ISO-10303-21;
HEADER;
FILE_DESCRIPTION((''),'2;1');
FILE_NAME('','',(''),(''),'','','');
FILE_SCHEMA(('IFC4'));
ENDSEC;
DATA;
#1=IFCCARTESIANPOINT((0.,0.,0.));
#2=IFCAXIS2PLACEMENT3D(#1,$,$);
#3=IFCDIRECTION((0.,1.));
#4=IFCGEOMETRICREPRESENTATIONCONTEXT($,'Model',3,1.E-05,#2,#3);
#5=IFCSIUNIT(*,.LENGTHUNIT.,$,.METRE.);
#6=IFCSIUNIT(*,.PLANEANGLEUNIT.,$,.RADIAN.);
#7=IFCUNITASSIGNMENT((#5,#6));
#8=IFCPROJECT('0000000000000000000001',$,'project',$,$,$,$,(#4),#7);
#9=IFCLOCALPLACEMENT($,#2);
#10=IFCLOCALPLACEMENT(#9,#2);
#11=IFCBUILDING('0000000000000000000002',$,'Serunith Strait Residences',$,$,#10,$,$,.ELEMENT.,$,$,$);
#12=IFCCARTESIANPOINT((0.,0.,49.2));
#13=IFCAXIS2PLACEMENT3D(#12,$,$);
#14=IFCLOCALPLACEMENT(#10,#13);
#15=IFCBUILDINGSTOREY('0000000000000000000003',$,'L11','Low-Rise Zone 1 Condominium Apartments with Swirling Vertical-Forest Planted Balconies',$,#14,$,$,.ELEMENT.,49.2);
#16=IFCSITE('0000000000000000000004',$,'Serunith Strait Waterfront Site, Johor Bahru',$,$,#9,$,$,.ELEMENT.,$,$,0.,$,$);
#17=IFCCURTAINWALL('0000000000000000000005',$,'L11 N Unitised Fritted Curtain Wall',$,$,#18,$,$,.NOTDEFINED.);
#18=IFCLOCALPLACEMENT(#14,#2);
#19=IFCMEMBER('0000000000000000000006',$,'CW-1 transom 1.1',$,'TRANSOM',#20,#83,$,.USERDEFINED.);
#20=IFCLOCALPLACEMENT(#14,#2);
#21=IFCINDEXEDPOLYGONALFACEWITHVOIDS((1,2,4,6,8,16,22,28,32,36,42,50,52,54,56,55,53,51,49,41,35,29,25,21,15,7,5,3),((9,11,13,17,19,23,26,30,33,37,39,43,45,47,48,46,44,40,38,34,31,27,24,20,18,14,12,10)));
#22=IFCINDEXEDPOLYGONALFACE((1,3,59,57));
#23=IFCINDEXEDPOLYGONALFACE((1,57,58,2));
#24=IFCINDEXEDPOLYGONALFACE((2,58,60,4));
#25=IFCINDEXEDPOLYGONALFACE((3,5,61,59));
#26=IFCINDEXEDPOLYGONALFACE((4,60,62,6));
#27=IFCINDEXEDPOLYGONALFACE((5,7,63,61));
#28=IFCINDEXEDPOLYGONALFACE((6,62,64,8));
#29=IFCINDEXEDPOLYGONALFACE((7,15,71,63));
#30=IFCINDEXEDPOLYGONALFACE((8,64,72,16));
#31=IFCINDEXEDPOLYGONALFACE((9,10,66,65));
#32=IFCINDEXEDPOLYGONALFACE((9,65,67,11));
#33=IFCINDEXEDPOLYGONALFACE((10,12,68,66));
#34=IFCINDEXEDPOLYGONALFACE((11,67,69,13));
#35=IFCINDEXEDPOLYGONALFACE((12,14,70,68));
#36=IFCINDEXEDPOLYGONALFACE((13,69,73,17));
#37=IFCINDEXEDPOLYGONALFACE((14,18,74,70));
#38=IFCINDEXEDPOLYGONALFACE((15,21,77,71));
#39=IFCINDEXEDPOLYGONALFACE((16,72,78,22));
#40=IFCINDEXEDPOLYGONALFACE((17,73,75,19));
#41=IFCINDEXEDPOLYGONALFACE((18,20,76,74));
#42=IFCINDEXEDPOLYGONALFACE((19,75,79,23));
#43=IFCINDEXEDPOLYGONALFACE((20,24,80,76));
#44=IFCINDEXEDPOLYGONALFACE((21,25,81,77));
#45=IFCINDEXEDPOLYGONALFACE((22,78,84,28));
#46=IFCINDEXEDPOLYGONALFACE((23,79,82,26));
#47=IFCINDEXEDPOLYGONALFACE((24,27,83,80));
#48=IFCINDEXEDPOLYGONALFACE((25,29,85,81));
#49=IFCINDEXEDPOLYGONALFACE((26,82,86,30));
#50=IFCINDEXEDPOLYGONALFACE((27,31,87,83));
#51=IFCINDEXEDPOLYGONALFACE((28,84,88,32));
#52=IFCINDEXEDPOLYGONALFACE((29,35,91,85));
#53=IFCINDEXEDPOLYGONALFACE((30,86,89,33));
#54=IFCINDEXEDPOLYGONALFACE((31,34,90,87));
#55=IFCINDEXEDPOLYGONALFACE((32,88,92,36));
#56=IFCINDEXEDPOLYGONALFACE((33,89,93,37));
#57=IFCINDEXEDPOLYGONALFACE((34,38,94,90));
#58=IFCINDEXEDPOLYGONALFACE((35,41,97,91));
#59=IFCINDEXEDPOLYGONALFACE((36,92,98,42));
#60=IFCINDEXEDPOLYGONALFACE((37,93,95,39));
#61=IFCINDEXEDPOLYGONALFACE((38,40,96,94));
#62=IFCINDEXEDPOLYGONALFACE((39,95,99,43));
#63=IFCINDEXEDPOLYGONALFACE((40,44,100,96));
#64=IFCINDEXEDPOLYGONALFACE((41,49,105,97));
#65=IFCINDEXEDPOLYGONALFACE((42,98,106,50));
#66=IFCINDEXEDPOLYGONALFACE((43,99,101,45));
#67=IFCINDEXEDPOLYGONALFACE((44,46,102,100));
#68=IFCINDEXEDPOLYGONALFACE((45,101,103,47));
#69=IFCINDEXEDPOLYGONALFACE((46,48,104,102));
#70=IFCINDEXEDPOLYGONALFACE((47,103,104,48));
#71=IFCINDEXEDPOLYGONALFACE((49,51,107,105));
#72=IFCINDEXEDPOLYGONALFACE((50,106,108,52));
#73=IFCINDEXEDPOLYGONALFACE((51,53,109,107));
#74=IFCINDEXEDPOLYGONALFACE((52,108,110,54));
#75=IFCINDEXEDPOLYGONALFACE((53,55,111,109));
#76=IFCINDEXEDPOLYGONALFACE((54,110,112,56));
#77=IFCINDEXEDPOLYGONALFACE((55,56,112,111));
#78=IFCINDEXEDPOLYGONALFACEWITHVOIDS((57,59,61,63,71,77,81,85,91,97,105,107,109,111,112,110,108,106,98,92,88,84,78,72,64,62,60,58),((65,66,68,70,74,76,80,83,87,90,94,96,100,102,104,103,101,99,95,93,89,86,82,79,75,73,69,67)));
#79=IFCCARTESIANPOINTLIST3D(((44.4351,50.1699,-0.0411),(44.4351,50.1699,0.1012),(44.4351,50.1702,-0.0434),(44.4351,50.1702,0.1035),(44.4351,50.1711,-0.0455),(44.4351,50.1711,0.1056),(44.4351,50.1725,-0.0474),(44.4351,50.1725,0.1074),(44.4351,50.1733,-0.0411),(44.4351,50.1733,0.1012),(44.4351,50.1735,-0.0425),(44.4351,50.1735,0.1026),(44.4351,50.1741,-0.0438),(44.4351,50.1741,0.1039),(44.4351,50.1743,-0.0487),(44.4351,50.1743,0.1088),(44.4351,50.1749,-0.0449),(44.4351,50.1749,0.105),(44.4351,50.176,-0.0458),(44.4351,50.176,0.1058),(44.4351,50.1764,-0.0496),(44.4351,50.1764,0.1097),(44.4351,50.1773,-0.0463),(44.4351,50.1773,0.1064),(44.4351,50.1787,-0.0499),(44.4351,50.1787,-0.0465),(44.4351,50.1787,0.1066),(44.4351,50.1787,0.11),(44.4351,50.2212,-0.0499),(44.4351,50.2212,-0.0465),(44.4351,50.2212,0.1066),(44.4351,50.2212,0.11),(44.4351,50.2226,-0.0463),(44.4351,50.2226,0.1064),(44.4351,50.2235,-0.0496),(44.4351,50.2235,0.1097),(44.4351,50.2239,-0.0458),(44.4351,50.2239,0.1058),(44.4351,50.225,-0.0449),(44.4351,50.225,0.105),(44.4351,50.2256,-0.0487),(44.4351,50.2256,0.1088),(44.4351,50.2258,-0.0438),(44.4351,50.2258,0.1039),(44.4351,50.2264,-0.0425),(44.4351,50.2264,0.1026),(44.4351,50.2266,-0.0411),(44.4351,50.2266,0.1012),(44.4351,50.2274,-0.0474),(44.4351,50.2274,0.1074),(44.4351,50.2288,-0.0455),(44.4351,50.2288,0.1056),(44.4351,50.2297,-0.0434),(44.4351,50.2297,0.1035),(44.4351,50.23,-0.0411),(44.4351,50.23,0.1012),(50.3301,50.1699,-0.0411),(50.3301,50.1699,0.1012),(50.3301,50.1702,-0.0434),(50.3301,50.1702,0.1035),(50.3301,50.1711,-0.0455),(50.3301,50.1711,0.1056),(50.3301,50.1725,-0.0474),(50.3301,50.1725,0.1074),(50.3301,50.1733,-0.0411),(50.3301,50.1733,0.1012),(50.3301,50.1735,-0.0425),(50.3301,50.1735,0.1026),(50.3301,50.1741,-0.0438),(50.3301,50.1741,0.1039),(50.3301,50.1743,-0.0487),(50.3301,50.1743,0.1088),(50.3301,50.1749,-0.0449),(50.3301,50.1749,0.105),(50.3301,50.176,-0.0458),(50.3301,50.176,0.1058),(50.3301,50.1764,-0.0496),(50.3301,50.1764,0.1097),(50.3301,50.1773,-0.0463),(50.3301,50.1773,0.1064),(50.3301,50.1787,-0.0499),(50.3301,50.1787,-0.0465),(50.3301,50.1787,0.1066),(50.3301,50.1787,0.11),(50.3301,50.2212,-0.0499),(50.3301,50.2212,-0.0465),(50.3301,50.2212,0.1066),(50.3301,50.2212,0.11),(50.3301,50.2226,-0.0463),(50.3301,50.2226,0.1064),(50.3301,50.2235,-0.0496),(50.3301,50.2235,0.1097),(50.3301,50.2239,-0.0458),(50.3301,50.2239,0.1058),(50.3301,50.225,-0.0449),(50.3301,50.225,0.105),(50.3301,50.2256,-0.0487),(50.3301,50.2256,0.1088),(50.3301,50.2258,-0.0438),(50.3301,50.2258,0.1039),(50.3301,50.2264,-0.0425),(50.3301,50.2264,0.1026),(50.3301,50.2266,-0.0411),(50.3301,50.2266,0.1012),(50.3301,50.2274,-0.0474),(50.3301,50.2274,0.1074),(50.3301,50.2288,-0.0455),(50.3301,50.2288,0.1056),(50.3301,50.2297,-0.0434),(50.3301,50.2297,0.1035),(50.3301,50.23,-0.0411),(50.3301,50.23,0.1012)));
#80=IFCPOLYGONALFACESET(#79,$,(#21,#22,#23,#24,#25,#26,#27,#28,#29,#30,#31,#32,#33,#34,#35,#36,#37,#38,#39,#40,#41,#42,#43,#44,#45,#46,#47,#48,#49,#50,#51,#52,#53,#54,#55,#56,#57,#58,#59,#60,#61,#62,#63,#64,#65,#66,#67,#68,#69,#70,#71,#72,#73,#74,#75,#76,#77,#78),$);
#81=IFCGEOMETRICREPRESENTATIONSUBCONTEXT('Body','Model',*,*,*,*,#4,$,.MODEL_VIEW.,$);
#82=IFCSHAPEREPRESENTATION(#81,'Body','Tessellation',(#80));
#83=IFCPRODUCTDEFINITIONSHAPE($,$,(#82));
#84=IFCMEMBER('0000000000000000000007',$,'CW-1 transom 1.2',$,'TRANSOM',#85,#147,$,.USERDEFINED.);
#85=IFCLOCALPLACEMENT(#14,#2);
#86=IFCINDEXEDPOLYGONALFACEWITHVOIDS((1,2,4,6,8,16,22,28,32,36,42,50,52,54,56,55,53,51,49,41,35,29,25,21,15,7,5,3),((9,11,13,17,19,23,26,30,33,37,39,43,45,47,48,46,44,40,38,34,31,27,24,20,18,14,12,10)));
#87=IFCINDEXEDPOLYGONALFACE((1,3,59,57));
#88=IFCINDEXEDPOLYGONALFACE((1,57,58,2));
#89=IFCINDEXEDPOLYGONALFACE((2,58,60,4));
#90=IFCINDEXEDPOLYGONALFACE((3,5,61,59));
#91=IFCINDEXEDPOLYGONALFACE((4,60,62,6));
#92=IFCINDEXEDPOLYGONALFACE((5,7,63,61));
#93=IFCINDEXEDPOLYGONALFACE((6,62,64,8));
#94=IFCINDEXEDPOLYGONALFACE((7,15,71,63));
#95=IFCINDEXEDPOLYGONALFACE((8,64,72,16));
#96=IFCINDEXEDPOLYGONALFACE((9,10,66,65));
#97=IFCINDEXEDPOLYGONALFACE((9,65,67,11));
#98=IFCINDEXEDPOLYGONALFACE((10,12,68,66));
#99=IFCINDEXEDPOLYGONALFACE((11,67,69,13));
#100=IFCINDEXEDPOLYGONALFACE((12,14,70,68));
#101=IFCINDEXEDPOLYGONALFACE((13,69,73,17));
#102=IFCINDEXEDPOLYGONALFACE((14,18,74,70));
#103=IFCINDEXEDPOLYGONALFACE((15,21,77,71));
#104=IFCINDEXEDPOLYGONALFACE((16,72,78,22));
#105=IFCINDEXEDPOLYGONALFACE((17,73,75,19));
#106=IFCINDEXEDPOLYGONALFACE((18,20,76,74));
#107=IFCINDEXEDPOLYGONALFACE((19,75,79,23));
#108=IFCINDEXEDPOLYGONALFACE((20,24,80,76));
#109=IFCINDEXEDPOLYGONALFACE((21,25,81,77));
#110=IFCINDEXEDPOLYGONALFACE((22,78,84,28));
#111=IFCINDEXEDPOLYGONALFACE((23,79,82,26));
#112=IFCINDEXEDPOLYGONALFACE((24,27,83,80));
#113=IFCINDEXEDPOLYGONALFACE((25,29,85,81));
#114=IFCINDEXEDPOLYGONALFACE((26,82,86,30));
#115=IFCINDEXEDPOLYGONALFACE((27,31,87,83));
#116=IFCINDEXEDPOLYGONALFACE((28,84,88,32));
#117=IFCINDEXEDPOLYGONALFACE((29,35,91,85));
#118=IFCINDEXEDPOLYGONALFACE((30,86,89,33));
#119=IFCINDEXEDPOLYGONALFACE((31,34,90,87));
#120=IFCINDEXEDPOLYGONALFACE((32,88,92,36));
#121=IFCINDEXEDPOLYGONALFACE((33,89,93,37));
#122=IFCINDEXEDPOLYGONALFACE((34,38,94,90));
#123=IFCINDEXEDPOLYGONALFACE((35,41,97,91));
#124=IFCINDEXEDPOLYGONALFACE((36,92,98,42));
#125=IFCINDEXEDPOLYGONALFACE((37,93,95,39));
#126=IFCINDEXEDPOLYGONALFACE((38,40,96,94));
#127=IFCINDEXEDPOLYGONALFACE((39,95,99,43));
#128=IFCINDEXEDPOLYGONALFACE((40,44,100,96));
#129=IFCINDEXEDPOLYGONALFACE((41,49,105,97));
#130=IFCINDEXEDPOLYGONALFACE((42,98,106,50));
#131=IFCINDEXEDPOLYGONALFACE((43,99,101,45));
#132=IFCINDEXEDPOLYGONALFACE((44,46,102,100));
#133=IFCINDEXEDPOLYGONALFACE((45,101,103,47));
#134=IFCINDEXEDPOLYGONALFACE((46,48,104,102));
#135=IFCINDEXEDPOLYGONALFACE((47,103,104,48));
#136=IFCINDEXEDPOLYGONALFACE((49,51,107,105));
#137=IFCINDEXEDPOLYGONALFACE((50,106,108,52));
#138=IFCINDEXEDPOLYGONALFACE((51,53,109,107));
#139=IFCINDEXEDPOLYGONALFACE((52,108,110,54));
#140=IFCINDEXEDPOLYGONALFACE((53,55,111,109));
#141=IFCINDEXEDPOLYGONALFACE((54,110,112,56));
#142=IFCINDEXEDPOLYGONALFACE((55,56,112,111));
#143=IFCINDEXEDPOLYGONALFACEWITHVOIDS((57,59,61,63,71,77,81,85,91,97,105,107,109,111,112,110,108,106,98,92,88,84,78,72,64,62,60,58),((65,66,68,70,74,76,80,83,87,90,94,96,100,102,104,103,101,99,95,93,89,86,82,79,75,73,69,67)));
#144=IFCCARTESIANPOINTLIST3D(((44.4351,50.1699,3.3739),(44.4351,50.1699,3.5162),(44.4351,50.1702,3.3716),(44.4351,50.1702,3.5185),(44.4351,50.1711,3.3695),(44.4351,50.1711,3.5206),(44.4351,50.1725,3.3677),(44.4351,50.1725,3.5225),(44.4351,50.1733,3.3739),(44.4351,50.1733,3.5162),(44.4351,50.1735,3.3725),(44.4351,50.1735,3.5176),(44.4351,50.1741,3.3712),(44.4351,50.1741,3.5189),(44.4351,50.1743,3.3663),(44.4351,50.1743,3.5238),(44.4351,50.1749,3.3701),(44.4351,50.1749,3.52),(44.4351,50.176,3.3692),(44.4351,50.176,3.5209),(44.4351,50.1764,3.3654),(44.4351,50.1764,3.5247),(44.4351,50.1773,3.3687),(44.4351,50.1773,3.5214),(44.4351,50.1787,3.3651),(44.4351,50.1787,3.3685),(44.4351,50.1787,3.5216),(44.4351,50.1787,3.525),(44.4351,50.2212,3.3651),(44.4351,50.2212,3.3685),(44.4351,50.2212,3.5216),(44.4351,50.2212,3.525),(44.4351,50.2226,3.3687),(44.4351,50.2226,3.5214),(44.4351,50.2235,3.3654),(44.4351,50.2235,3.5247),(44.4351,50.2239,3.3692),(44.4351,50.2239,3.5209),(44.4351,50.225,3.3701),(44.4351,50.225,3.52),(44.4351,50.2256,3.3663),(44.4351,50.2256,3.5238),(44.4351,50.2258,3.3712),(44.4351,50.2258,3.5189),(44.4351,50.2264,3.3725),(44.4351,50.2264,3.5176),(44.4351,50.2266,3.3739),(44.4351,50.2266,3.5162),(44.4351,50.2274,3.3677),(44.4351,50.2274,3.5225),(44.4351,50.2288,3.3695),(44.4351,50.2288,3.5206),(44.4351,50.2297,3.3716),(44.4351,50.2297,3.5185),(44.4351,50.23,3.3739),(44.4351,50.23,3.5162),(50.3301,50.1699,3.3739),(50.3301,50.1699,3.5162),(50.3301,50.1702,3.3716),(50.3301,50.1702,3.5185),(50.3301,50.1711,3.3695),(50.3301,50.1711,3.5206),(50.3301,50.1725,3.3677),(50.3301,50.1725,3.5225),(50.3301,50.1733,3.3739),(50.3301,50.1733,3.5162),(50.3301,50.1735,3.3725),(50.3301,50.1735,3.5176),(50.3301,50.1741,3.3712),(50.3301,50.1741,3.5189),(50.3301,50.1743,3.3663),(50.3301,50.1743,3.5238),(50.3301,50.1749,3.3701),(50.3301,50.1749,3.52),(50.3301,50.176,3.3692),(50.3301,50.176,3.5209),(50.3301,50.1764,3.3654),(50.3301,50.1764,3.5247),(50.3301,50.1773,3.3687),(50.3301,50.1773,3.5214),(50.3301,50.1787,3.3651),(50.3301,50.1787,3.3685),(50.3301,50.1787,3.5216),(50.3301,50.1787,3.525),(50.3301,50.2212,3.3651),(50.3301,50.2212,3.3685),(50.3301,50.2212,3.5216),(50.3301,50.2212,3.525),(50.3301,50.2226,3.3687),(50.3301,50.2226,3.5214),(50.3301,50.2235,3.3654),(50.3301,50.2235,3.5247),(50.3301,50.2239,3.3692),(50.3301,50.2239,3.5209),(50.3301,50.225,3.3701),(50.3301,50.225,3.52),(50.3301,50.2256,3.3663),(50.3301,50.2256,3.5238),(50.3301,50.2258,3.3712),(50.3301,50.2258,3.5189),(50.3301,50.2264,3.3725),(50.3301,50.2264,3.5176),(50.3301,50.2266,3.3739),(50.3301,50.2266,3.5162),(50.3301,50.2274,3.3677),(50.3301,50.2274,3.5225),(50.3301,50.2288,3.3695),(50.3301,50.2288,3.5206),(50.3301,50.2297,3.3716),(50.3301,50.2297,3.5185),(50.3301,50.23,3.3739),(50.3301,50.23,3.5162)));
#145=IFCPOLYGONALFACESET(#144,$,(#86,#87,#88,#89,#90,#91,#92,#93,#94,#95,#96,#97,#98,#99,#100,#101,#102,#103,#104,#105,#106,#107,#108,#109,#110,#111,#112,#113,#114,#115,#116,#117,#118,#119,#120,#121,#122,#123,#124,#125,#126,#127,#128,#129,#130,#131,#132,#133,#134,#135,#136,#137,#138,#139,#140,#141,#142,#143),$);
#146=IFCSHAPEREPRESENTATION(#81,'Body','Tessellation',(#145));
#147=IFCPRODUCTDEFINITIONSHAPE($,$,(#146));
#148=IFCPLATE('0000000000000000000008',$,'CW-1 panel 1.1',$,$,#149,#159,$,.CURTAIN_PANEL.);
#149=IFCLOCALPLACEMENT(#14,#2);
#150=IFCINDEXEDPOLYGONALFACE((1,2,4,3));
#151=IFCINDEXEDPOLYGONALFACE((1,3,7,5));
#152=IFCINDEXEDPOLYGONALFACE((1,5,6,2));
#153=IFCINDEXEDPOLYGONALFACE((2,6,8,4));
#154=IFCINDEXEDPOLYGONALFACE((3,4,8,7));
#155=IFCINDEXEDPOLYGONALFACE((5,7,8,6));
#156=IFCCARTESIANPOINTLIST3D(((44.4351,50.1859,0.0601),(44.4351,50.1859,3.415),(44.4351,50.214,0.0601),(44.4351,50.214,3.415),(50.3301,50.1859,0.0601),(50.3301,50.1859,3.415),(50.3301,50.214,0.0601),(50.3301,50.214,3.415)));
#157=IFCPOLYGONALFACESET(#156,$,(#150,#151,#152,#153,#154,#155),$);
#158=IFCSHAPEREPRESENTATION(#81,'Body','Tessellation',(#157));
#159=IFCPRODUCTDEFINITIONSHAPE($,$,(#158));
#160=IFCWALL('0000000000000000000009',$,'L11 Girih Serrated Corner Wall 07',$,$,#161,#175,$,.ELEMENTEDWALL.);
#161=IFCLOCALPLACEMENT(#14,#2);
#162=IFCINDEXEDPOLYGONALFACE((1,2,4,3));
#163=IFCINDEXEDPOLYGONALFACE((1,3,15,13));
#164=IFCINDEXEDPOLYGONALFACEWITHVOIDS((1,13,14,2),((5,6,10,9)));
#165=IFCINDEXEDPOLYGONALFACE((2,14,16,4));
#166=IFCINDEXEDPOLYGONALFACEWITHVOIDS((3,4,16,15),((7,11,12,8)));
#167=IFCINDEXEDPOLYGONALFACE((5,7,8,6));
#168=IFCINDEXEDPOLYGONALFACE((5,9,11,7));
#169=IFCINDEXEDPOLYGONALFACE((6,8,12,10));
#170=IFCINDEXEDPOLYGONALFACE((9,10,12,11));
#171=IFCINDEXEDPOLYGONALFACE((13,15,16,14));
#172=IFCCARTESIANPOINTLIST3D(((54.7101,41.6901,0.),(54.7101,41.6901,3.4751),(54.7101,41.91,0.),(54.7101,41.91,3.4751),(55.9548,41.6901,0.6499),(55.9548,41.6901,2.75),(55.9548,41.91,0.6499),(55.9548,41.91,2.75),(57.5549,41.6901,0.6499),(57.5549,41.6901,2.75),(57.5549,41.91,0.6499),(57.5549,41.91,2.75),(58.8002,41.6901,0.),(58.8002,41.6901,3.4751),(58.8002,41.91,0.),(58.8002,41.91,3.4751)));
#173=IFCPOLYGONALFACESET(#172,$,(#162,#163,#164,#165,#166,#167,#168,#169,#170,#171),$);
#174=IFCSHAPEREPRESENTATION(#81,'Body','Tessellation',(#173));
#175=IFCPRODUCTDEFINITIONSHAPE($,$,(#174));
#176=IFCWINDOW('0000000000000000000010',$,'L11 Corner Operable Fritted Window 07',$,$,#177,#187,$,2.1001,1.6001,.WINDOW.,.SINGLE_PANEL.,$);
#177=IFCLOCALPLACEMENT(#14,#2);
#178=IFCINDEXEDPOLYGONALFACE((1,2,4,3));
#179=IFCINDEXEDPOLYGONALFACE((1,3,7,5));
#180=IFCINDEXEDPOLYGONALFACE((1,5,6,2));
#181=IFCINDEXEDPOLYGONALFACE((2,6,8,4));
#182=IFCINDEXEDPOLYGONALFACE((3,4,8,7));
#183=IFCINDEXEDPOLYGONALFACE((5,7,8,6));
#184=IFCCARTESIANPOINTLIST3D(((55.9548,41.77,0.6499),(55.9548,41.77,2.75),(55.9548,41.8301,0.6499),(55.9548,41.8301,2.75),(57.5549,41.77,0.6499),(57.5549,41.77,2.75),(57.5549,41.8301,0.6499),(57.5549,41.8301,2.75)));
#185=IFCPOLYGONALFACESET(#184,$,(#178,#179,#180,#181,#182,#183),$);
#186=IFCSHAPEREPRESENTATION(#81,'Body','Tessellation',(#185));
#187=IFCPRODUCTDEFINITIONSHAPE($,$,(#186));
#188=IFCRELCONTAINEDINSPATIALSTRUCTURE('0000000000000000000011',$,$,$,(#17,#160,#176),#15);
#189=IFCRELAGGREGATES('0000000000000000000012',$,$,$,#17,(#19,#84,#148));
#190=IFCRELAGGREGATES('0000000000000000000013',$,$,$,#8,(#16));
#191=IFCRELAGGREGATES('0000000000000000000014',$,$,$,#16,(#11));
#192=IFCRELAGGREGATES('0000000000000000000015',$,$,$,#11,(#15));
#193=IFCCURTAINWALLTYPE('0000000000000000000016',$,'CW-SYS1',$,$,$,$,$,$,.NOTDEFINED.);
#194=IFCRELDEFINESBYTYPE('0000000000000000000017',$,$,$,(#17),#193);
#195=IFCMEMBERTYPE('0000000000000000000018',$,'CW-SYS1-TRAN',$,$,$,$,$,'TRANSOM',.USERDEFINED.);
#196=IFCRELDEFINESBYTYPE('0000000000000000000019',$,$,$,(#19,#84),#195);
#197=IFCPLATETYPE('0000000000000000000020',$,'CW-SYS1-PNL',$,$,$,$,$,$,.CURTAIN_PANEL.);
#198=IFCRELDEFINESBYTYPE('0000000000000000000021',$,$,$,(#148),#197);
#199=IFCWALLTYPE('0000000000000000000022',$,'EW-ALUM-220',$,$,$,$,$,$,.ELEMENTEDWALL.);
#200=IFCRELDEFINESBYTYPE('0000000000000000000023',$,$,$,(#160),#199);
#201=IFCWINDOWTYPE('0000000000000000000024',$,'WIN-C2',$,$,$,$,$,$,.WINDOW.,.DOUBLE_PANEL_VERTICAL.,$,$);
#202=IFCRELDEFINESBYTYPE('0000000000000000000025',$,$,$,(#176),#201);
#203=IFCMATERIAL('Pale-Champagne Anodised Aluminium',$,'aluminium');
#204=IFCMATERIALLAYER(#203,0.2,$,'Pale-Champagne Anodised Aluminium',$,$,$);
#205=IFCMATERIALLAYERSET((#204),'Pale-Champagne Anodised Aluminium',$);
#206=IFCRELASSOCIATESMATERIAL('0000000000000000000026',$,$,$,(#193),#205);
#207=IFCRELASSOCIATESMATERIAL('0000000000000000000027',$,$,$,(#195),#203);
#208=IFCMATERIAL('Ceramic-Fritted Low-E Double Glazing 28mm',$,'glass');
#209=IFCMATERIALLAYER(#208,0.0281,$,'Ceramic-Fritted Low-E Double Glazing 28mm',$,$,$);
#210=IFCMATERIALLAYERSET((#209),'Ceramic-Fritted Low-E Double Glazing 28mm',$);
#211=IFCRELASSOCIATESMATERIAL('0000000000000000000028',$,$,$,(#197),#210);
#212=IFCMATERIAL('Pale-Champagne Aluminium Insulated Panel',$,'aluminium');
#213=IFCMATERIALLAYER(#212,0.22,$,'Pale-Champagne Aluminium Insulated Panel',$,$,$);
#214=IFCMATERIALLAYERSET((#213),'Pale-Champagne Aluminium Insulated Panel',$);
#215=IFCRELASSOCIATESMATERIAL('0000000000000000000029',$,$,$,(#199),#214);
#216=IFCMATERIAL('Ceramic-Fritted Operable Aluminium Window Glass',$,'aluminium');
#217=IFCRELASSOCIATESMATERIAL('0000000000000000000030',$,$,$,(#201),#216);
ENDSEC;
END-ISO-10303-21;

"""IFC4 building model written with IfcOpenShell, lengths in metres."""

from ifc_helpers import new_model, si_unit, direction, frame, frame_2d, origin, origin_2d, place, context, subcontext, project, spatial, rectangle, hollow_rectangle, extrude, source, transform, mapped, material, layer, layer_set, material_profile, profile_set, type_object, element, fill, aggregate, save


model = new_model("IFC4")

# Units and contexts
model_context = context("Model", 3, precision=1e-05, world=origin(), true_north=direction((0.0, 1.0)))
body_context = subcontext(model_context, "Body", "Model", "MODEL_VIEW")
ifc_project = project(units=[si_unit("LENGTHUNIT", "METRE"), si_unit("PLANEANGLEUNIT", "RADIAN")], contexts=[model_context])

# Site, building, storey
site_placement = place(None, origin())
site = spatial("IfcSite", under=ifc_project, at=site_placement, Name="Serunith Strait Waterfront Site, Johor Bahru", CompositionType="ELEMENT", RefElevation=0.0)
building_placement = place(site_placement, origin())
building = spatial("IfcBuilding", under=site, at=building_placement, Name="Serunith Strait Residences", CompositionType="ELEMENT")
storey_placement = place(building_placement, frame((0.0, 0.0, 49.2)))
storey = spatial("IfcBuildingStorey", under=building, at=storey_placement, Name="L11", Description="Low-Rise Zone 1 Condominium Apartments with Swirling Vertical-Forest Planted Balconies", CompositionType="ELEMENT", Elevation=49.2)

# Shared definitions
ifc_material_1 = material(Name="Pale-Champagne Anodised Aluminium", Category="aluminium")
ifc_layer_1 = layer(ifc_material_1, 0.2, Name="Pale-Champagne Anodised Aluminium")
ifc_layer_set_1 = layer_set([ifc_layer_1], Name="Pale-Champagne Anodised Aluminium")
curtain_wall_type = type_object("IfcCurtainWallType", Name="CW-SYS1", PredefinedType="NOTDEFINED", material=ifc_layer_set_1)

# Curtain wall, members, plate
curtain_wall_1_placement = place(storey_placement, origin())
curtain_wall_1 = element("IfcCurtainWall", 1, at=curtain_wall_1_placement, inside=storey, type_object=curtain_wall_type, Name="L11 N Unitised Fritted Curtain Wall", PredefinedType="NOTDEFINED")
ifc_material_profile_1 = material_profile(ifc_material_1, hollow_rectangle(XDim=0.0601, YDim=0.1599, WallThickness=0.0034, InnerFilletRadius=0.0054, OuterFilletRadius=0.0088, at=origin_2d()), Name="ALU 160x60x3.5")
ifc_profile_set_1 = profile_set([ifc_material_profile_1], Name="Pale-Champagne Anodised Aluminium")
member_type_1 = type_object("IfcMemberType", Name="CW-SYS1-TRAN", ElementType="TRANSOM", PredefinedType="USERDEFINED", material=ifc_profile_set_1)
shared_shape_1 = source(origin(), body_context, "Body", "SweptSolid", [
    extrude(hollow_rectangle(XDim=0.0601, YDim=0.1599, WallThickness=0.0034, InnerFilletRadius=0.0054, OuterFilletRadius=0.0088, at=origin_2d()), origin(), (0.0, 0.0, 1.0), 5.895),
])
member_1_placement = place(storey_placement, frame((50.3301, 50.2, 0.03), z_axis=(-1.0, 0.0, 0.0), x_axis=(0.0, -1.0, 0.0)))
member_1 = element("IfcMember", 2, at=member_1_placement, type_object=member_type_1, Name="CW-1 transom 1.1", ObjectType="TRANSOM", PredefinedType="USERDEFINED", context=body_context, shape_type="MappedRepresentation", body=[
    mapped(shared_shape_1, transform((0.0, 0.0, 0.0), scale=1.0)),
])
member_2_placement = place(storey_placement, frame((50.3301, 50.2, 3.4451), z_axis=(-1.0, 0.0, 0.0), x_axis=(0.0, -1.0, 0.0)))
member_2 = element("IfcMember", 3, at=member_2_placement, type_object=member_type_1, Name="CW-1 transom 1.2", ObjectType="TRANSOM", PredefinedType="USERDEFINED", context=body_context, shape_type="MappedRepresentation", body=[
    mapped(shared_shape_1, transform((0.0, 0.0, 0.0), scale=1.0)),
])
ifc_material_2 = material(Name="Ceramic-Fritted Low-E Double Glazing 28mm", Category="glass")
ifc_layer_2 = layer(ifc_material_2, 0.0281, Name="Ceramic-Fritted Low-E Double Glazing 28mm")
ifc_layer_set_2 = layer_set([ifc_layer_2], Name="Ceramic-Fritted Low-E Double Glazing 28mm")
plate_type = type_object("IfcPlateType", Name="CW-SYS1-PNL", PredefinedType="CURTAIN_PANEL", material=ifc_layer_set_2)
shared_shape_2 = source(origin(), body_context, "Body", "SweptSolid", [
    extrude(rectangle(XDim=5.895, YDim=0.0281, at=origin_2d()), origin(), (0.0, 0.0, 1.0), 3.355),
])
plate_placement = place(storey_placement, frame((47.3826, 50.2, 0.0601), z_axis=(0.0, 0.0, 1.0), x_axis=(-1.0, 0.0, 0.0)))
plate = element("IfcPlate", 4, at=plate_placement, type_object=plate_type, Name="CW-1 panel 1.1", PredefinedType="CURTAIN_PANEL", context=body_context, shape_type="MappedRepresentation", body=[
    mapped(shared_shape_2, transform((0.0, 0.0, 0.0), scale=1.0)),
])
aggregate(curtain_wall_1, [member_1, member_2, plate])

# Wall, opening, window
ifc_material_3 = material(Name="Pale-Champagne Aluminium Insulated Panel", Category="aluminium")
ifc_layer_3 = layer(ifc_material_3, 0.22, Name="Pale-Champagne Aluminium Insulated Panel")
ifc_layer_set_3 = layer_set([ifc_layer_3], Name="Pale-Champagne Aluminium Insulated Panel")
wall_type_1 = type_object("IfcWallType", Name="EW-ALUM-220", PredefinedType="ELEMENTEDWALL", material=ifc_layer_set_3)
wall_1_placement = place(storey_placement, frame((58.8, 41.8, 0.0), z_axis=(0.0, 0.0, 1.0), x_axis=(-1.0, 0.0, 0.0)))
wall_1 = element("IfcWall", 5, at=wall_1_placement, inside=storey, type_object=wall_type_1, Name="L11 Girih Serrated Corner Wall 07", PredefinedType="ELEMENTEDWALL", context=body_context, shape_type="SweptSolid", body=[
    extrude(rectangle(XDim=4.0901, YDim=0.22, at=frame_2d((2.0449, 0.0))), origin(), (0.0, 0.0, 1.0), 3.4751),
])
opening_1_placement = place(wall_1_placement, frame((1.2451, 0.0, 0.6499)))
opening_1 = element("IfcOpeningElement", 6, at=opening_1_placement, cuts=wall_1, PredefinedType="OPENING", context=body_context, shape_type="SweptSolid", body=[
    extrude(rectangle(XDim=1.6001, YDim=2.1001, at=frame_2d((0.8, 1.05))), frame((0.0, 0.1201, 0.0), z_axis=(0.0, -1.0, 0.0), x_axis=(1.0, 0.0, 0.0)), (0.0, 0.0, 1.0), 0.24),
])
ifc_material_4 = material(Name="Ceramic-Fritted Operable Aluminium Window Glass", Category="aluminium")
window_type = type_object("IfcWindowType", Name="WIN-C2", PartitioningType="DOUBLE_PANEL_VERTICAL", PredefinedType="WINDOW", material=ifc_material_4)
shared_shape_3 = source(origin(), body_context, "Body", "SweptSolid", [
    extrude(rectangle(XDim=1.6001, YDim=2.1001, at=frame_2d((0.8, 1.05))), frame((0.0, 0.03, 0.0), z_axis=(0.0, -1.0, 0.0), x_axis=(1.0, 0.0, 0.0)), (0.0, 0.0, 1.0), 0.0601),
])
window_1_placement = place(opening_1_placement, origin())
window_1 = element("IfcWindow", 7, at=window_1_placement, inside=storey, type_object=window_type, Name="L11 Corner Operable Fritted Window 07", OverallHeight=2.1001, OverallWidth=1.6001, PartitioningType="SINGLE_PANEL", PredefinedType="WINDOW", context=body_context, shape_type="MappedRepresentation", body=[
    mapped(shared_shape_3, transform((0.0, 0.0, 0.0), scale=1.0)),
])
fill(opening_1, window_1)

save(model, "model.ifc")
